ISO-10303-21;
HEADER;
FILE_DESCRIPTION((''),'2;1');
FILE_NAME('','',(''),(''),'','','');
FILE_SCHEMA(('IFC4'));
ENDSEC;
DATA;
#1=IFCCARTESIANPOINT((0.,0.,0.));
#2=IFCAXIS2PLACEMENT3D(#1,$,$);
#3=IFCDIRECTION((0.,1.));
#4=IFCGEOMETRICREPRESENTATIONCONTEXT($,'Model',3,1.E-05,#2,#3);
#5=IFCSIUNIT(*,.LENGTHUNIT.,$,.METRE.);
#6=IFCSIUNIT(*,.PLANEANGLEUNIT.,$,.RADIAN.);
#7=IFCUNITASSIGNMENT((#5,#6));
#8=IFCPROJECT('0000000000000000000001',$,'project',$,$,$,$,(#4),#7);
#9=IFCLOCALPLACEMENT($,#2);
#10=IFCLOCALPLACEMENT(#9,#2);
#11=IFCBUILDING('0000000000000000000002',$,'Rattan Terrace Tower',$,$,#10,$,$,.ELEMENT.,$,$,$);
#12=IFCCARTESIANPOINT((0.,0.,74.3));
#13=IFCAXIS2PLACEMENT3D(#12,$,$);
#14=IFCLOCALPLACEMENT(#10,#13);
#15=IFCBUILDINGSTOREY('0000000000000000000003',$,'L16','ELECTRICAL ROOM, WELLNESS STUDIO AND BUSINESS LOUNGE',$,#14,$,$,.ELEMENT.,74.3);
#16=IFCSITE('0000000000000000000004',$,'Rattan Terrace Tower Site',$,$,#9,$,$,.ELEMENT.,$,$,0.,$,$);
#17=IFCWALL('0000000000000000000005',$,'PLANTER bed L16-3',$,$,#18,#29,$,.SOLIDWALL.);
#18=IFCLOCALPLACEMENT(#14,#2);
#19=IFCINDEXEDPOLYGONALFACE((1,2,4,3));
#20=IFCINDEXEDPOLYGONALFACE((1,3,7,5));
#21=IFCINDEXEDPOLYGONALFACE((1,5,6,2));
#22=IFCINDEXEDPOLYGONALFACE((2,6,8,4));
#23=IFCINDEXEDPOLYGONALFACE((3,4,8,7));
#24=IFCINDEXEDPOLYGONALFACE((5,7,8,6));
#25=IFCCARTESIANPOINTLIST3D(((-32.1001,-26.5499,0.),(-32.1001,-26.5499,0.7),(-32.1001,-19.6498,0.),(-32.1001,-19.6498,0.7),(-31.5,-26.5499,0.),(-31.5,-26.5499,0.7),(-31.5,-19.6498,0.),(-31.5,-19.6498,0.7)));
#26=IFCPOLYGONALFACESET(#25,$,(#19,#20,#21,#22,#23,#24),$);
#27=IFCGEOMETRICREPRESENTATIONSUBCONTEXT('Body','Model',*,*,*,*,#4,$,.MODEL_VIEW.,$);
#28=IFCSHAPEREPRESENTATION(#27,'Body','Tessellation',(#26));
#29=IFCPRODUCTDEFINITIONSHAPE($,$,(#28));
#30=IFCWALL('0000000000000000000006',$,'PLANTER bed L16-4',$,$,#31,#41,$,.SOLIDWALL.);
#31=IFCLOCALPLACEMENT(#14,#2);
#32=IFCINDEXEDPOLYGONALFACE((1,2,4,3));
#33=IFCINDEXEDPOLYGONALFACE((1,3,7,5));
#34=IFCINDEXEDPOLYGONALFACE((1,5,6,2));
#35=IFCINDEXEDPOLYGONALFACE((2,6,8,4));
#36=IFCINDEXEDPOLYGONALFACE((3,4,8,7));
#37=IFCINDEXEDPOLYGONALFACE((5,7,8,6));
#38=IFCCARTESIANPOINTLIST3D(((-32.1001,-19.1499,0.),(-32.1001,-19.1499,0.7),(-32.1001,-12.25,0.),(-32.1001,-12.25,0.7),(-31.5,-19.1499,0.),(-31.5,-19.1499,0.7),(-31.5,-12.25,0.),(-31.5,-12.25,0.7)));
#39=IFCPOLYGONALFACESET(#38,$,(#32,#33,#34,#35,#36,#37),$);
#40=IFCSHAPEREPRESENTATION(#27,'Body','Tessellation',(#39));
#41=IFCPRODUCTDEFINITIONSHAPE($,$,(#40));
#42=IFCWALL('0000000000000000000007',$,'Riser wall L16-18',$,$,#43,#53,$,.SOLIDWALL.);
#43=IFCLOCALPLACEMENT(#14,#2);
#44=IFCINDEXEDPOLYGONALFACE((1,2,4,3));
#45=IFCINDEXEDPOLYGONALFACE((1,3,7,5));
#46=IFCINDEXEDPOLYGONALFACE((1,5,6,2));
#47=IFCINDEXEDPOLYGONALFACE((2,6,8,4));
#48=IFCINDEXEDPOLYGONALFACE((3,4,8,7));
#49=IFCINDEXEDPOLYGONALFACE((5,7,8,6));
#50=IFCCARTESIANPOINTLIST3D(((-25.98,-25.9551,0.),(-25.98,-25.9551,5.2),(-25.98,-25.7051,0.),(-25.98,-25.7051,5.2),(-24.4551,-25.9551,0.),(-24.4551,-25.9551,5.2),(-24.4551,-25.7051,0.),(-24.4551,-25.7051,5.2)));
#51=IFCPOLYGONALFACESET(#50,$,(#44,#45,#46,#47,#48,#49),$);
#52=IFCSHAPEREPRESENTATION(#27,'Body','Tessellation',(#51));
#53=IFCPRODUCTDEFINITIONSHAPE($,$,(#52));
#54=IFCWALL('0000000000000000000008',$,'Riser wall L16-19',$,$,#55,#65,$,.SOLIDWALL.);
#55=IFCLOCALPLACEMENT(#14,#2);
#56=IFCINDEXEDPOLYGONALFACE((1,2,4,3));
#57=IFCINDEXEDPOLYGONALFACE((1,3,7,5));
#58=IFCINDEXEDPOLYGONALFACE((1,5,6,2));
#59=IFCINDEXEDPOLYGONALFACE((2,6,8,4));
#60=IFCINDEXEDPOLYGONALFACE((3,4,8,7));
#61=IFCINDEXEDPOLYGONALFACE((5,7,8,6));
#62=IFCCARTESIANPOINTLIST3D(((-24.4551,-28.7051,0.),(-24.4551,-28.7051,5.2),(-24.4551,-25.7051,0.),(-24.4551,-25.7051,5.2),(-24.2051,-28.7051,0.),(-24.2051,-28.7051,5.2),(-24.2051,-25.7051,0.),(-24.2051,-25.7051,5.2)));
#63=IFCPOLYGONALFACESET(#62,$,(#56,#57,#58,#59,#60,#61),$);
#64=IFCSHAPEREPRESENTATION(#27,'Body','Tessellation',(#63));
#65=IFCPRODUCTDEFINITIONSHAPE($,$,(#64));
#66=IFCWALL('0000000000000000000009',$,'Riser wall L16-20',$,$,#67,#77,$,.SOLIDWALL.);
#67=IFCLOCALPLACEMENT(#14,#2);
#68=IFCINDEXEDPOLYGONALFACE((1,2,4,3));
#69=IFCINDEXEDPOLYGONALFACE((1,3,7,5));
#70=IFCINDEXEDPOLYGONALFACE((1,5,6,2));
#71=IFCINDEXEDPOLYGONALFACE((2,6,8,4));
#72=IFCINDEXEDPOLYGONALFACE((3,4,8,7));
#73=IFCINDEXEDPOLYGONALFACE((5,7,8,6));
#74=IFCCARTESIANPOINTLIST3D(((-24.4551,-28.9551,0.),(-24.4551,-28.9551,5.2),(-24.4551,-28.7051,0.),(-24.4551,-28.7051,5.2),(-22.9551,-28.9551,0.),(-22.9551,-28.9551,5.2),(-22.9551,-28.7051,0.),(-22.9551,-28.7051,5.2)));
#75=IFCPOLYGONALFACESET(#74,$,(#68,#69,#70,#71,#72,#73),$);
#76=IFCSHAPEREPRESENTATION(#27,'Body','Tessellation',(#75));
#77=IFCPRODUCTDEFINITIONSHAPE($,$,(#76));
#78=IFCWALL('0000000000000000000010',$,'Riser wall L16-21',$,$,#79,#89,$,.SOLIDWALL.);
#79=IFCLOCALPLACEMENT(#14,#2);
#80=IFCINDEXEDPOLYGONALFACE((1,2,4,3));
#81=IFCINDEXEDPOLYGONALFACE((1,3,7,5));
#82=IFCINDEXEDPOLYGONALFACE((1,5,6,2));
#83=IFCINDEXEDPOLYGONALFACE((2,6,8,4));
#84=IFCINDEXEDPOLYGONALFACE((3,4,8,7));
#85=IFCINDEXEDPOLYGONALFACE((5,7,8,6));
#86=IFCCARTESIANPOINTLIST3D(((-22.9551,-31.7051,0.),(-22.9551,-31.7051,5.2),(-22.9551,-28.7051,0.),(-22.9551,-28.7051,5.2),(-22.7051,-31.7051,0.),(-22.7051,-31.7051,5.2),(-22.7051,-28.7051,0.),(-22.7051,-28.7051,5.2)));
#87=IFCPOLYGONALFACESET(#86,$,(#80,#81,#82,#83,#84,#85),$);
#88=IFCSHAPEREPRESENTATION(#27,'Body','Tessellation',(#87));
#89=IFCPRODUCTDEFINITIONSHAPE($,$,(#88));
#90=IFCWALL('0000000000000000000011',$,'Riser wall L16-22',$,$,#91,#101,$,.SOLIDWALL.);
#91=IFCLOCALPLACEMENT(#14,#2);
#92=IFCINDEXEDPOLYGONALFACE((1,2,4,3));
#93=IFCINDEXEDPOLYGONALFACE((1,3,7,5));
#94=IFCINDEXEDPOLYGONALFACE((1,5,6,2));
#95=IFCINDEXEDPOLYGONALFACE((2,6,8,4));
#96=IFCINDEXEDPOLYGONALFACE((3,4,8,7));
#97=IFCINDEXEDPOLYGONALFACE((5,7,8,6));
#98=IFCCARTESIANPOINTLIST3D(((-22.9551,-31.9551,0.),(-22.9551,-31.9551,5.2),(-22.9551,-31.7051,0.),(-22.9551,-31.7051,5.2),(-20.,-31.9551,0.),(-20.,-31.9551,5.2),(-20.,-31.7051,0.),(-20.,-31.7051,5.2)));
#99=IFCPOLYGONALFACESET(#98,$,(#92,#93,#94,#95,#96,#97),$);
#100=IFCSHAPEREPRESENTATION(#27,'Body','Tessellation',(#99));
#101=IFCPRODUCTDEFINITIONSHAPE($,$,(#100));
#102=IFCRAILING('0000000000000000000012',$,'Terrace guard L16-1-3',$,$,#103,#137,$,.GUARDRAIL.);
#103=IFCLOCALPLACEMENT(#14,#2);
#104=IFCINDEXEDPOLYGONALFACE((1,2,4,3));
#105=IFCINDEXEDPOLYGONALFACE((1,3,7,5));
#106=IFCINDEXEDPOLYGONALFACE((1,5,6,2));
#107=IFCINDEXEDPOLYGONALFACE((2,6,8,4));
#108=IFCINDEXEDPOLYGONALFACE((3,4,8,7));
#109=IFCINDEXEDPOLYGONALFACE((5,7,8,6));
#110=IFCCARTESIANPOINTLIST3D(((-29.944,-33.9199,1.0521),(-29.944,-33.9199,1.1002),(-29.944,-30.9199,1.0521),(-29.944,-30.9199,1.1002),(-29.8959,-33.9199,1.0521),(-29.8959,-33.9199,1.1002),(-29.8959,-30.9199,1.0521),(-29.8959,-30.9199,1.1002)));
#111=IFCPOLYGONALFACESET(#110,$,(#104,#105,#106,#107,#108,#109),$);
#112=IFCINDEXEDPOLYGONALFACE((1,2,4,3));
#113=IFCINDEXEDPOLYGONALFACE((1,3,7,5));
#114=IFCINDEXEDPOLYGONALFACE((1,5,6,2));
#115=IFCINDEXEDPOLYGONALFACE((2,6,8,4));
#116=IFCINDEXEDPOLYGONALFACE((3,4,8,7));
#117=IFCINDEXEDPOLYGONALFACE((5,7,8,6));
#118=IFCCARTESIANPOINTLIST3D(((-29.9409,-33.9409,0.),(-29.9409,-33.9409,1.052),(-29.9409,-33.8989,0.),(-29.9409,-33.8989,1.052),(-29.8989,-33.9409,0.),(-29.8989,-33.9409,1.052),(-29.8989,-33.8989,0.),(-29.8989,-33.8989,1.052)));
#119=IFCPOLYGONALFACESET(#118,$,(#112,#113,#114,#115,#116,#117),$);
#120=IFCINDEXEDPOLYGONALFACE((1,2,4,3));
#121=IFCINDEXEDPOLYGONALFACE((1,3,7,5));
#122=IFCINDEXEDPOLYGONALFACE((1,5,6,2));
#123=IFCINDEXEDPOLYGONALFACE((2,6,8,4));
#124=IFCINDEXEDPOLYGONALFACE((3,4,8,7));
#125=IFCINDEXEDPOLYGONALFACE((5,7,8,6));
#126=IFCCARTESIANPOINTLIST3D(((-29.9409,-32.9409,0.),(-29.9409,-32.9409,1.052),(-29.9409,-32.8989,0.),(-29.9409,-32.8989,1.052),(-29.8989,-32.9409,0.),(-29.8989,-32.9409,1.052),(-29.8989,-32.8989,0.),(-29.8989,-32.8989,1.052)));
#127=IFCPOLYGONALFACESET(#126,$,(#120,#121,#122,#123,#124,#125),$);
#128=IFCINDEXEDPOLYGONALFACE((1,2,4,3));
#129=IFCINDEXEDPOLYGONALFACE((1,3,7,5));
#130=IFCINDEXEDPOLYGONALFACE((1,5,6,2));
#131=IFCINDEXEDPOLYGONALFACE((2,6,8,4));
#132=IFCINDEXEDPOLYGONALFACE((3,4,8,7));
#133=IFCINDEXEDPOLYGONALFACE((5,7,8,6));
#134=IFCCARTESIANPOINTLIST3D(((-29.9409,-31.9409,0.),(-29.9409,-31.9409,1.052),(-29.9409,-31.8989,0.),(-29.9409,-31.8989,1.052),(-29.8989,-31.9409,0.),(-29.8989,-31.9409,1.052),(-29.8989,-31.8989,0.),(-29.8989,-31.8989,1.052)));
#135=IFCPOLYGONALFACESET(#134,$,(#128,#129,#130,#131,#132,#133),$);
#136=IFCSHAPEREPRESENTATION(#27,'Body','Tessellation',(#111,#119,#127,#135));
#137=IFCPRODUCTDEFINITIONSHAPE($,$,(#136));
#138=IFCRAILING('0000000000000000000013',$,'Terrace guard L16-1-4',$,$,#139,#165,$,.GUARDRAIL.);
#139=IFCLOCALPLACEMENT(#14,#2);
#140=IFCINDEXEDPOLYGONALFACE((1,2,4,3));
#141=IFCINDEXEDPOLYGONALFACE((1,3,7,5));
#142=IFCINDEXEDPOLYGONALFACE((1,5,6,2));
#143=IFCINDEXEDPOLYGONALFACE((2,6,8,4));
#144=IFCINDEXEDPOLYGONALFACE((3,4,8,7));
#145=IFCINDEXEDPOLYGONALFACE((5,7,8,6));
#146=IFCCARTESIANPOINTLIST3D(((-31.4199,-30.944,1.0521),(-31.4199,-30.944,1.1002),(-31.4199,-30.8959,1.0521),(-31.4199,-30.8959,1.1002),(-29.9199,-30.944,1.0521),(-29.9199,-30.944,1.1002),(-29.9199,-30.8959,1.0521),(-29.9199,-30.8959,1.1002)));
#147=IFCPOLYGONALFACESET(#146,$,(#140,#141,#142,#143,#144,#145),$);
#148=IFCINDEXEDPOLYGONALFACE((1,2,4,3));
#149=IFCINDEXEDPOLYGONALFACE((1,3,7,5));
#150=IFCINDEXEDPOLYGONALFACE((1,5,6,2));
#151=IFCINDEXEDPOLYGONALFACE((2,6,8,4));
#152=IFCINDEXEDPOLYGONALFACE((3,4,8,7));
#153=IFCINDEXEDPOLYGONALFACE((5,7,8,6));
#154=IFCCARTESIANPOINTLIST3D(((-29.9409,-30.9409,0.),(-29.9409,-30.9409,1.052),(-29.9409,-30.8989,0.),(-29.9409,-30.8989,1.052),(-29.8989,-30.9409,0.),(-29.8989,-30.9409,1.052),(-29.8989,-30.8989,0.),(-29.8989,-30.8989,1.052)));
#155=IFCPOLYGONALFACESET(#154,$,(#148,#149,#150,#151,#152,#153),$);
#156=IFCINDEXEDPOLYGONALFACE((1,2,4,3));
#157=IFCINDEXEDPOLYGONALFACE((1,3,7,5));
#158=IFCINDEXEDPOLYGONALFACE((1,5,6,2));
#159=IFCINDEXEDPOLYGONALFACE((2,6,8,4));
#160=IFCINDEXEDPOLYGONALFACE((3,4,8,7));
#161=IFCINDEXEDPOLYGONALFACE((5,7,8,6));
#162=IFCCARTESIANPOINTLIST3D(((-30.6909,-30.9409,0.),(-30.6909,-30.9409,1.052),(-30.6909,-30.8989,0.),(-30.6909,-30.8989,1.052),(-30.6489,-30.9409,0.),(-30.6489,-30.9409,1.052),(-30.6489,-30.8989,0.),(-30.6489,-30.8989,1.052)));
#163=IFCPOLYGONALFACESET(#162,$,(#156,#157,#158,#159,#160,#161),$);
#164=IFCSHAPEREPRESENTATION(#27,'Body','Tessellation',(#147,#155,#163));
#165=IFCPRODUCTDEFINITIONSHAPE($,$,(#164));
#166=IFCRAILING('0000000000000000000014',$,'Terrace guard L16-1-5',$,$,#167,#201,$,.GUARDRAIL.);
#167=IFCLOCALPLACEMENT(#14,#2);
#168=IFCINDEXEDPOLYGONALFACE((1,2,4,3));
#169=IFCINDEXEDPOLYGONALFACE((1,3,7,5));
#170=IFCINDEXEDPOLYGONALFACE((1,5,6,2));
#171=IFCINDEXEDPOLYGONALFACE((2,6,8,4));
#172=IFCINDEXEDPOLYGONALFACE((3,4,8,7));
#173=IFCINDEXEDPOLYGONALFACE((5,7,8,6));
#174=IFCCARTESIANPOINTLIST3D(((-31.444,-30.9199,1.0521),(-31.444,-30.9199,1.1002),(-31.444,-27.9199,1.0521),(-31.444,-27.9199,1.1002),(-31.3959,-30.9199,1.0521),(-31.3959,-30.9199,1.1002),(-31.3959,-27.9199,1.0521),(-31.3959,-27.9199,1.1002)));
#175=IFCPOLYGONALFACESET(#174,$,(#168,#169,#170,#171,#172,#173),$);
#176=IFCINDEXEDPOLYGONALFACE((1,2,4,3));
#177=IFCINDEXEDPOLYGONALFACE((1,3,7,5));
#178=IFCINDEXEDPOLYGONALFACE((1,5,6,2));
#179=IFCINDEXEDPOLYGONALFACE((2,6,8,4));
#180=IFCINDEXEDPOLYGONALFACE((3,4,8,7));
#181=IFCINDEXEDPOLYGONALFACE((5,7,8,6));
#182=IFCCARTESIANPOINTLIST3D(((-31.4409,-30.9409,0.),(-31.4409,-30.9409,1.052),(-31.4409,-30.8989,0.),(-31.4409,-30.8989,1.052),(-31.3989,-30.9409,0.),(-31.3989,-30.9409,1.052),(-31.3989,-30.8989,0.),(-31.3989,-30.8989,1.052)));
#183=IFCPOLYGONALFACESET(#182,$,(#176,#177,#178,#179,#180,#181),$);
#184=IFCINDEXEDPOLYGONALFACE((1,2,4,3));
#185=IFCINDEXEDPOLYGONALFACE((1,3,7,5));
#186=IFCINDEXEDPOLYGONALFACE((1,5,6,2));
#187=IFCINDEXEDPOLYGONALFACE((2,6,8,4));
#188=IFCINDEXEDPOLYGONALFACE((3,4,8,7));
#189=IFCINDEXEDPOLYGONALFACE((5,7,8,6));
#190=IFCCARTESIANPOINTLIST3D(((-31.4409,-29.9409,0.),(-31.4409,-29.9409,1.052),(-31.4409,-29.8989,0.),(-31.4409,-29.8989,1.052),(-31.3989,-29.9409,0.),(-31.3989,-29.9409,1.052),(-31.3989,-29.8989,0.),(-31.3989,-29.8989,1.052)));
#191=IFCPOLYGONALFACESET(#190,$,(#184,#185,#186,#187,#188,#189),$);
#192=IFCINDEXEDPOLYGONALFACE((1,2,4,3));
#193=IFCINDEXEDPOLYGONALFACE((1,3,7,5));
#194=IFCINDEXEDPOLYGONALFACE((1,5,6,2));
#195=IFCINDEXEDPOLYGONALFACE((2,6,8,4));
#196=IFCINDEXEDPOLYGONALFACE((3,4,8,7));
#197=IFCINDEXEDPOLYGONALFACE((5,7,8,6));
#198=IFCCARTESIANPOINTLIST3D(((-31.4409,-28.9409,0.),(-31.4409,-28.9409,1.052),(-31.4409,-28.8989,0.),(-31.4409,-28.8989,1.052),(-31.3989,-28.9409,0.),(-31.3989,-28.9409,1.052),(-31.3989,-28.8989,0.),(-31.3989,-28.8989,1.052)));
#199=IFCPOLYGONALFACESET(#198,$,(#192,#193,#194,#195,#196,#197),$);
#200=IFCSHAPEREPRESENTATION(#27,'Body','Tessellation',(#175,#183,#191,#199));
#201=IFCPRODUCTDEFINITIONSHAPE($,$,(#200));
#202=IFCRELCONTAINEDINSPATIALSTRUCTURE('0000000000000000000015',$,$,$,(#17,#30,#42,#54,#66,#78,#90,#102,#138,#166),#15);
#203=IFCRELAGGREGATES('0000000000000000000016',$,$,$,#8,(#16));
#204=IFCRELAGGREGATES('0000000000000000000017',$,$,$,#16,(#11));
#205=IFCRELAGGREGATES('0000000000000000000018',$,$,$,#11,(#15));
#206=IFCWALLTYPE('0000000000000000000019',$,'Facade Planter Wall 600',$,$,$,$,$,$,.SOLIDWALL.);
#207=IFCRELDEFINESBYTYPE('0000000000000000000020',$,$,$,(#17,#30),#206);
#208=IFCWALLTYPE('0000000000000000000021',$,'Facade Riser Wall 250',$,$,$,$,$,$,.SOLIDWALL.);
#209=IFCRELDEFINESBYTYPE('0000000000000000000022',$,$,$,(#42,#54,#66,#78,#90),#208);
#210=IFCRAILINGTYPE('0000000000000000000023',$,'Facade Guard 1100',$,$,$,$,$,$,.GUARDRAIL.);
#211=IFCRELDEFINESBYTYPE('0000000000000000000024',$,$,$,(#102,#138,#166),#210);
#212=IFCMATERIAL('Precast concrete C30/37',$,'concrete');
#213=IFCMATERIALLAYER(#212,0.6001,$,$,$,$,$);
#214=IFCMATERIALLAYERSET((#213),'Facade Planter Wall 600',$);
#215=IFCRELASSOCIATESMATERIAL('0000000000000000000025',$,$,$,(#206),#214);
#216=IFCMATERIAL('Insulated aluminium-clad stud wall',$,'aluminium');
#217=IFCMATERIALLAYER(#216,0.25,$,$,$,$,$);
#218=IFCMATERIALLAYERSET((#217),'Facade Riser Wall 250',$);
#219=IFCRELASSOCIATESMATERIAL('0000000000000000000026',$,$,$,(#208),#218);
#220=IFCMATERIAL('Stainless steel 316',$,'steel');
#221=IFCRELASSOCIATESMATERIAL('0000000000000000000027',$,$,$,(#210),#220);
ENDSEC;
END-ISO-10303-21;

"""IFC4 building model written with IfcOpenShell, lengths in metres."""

from ifc_helpers import new_model, si_unit, direction, frame, frame_2d, origin, origin_2d, place, context, subcontext, project, spatial, rectangle, extrude, material, layer, layer_set, type_object, element, save


model = new_model("IFC4")

# Units and contexts
model_context = context("Model", 3, precision=1e-05, world=origin(), true_north=direction((0.0, 1.0)))
body_context = subcontext(model_context, "Body", "Model", "MODEL_VIEW")
ifc_project = project(units=[si_unit("LENGTHUNIT", "METRE"), si_unit("PLANEANGLEUNIT", "RADIAN")], contexts=[model_context])

# Site, building, storey
site_placement = place(None, origin())
site = spatial("IfcSite", under=ifc_project, at=site_placement, Name="Rattan Terrace Tower Site", CompositionType="ELEMENT", RefElevation=0.0)
building_placement = place(site_placement, origin())
building = spatial("IfcBuilding", under=site, at=building_placement, Name="Rattan Terrace Tower", CompositionType="ELEMENT")
storey_placement = place(building_placement, frame((0.0, 0.0, 74.3)))
storey = spatial("IfcBuildingStorey", under=building, at=storey_placement, Name="L16", Description="ELECTRICAL ROOM, WELLNESS STUDIO AND BUSINESS LOUNGE", CompositionType="ELEMENT", Elevation=74.3)

# Walls
ifc_material_1 = material(Name="Precast concrete C30/37", Category="concrete")
ifc_layer_1 = layer(ifc_material_1, 0.6001)
ifc_layer_set_1 = layer_set([ifc_layer_1], Name="Facade Planter Wall 600")
wall_type_1 = type_object("IfcWallType", Name="Facade Planter Wall 600", PredefinedType="SOLIDWALL", material=ifc_layer_set_1)
wall_1_placement = place(storey_placement, frame((-31.8, -26.55, 0.0), z_axis=(0.0, 0.0, 1.0), x_axis=(0.0, 1.0, 0.0)))
element("IfcWall", 1, at=wall_1_placement, inside=storey, type_object=wall_type_1, Name="PLANTER bed L16-3", PredefinedType="SOLIDWALL", context=body_context, shape_type="SweptSolid", body=[
    extrude(rectangle(XDim=6.9001, YDim=0.6001, at=frame_2d((3.4502, 0.0))), origin(), (0.0, 0.0, 1.0), 0.7),
])
wall_2_placement = place(storey_placement, frame((-31.8, -19.1499, 0.0), z_axis=(0.0, 0.0, 1.0), x_axis=(0.0, 1.0, 0.0)))
element("IfcWall", 2, at=wall_2_placement, inside=storey, type_object=wall_type_1, Name="PLANTER bed L16-4", PredefinedType="SOLIDWALL", context=body_context, shape_type="SweptSolid", body=[
    extrude(rectangle(XDim=6.8999, YDim=0.6001, at=frame_2d((3.45, 0.0))), origin(), (0.0, 0.0, 1.0), 0.7),
])
ifc_material_2 = material(Name="Insulated aluminium-clad stud wall", Category="aluminium")
ifc_layer_2 = layer(ifc_material_2, 0.25)
ifc_layer_set_2 = layer_set([ifc_layer_2], Name="Facade Riser Wall 250")
wall_type_2 = type_object("IfcWallType", Name="Facade Riser Wall 250", PredefinedType="SOLIDWALL", material=ifc_layer_set_2)
wall_3_placement = place(storey_placement, frame((-25.98, -25.8301, 0.0), z_axis=(0.0, 0.0, 1.0), x_axis=(1.0, 0.0, 0.0)))
element("IfcWall", 3, at=wall_3_placement, inside=storey, type_object=wall_type_2, Name="Riser wall L16-18", PredefinedType="SOLIDWALL", context=body_context, shape_type="SweptSolid", body=[
    extrude(rectangle(XDim=1.5249, YDim=0.25, at=frame_2d((0.7625, 0.0))), origin(), (0.0, 0.0, 1.0), 5.2),
])
wall_4_placement = place(storey_placement, frame((-24.3301, -25.7051, 0.0), z_axis=(0.0, 0.0, 1.0), x_axis=(0.0, -1.0, 0.0)))
element("IfcWall", 4, at=wall_4_placement, inside=storey, type_object=wall_type_2, Name="Riser wall L16-19", PredefinedType="SOLIDWALL", context=body_context, shape_type="SweptSolid", body=[
    extrude(rectangle(XDim=3.0, YDim=0.25, at=frame_2d((1.5, 0.0))), origin(), (0.0, 0.0, 1.0), 5.2),
])
wall_5_placement = place(storey_placement, frame((-24.4551, -28.8301, 0.0), z_axis=(0.0, 0.0, 1.0), x_axis=(1.0, 0.0, 0.0)))
element("IfcWall", 5, at=wall_5_placement, inside=storey, type_object=wall_type_2, Name="Riser wall L16-20", PredefinedType="SOLIDWALL", context=body_context, shape_type="SweptSolid", body=[
    extrude(rectangle(XDim=1.5, YDim=0.25, at=frame_2d((0.75, 0.0))), origin(), (0.0, 0.0, 1.0), 5.2),
])
wall_6_placement = place(storey_placement, frame((-22.8301, -28.7051, 0.0), z_axis=(0.0, 0.0, 1.0), x_axis=(0.0, -1.0, 0.0)))
element("IfcWall", 6, at=wall_6_placement, inside=storey, type_object=wall_type_2, Name="Riser wall L16-21", PredefinedType="SOLIDWALL", context=body_context, shape_type="SweptSolid", body=[
    extrude(rectangle(XDim=3.0, YDim=0.25, at=frame_2d((1.5, 0.0))), origin(), (0.0, 0.0, 1.0), 5.2),
])
wall_7_placement = place(storey_placement, frame((-22.9551, -31.8301, 0.0), z_axis=(0.0, 0.0, 1.0), x_axis=(1.0, 0.0, 0.0)))
element("IfcWall", 7, at=wall_7_placement, inside=storey, type_object=wall_type_2, Name="Riser wall L16-22", PredefinedType="SOLIDWALL", context=body_context, shape_type="SweptSolid", body=[
    extrude(rectangle(XDim=2.9551, YDim=0.25, at=frame_2d((1.4775, 0.0))), origin(), (0.0, 0.0, 1.0), 5.2),
])

# Railings
ifc_material_3 = material(Name="Stainless steel 316", Category="steel")
railing_type = type_object("IfcRailingType", Name="Facade Guard 1100", PredefinedType="GUARDRAIL", material=ifc_material_3)
railing_1_placement = place(storey_placement, frame((-29.9199, -33.9199, 0.0)))
element("IfcRailing", 8, at=railing_1_placement, inside=storey, type_object=railing_type, Name="Terrace guard L16-1-3", PredefinedType="GUARDRAIL", context=body_context, shape_type="SweptSolid", body=[
    extrude(rectangle(XDim=0.0481, YDim=0.0481, at=origin_2d()), frame((0.0, 0.0, 1.0762), z_axis=(0.0, 1.0, 0.0), x_axis=(-1.0, 0.0, 0.0)), (0.0, 0.0, 1.0), 3.0),
    extrude(rectangle(XDim=0.042, YDim=0.042, at=origin_2d()), origin(), (0.0, 0.0, 1.0), 1.052),
    extrude(rectangle(XDim=0.042, YDim=0.042, at=origin_2d()), frame((0.0, 1.0, 0.0)), (0.0, 0.0, 1.0), 1.052),
    extrude(rectangle(XDim=0.042, YDim=0.042, at=origin_2d()), frame((0.0, 2.0, 0.0)), (0.0, 0.0, 1.0), 1.052),
])
railing_2_placement = place(storey_placement, frame((-29.9199, -30.9199, 0.0)))
element("IfcRailing", 9, at=railing_2_placement, inside=storey, type_object=railing_type, Name="Terrace guard L16-1-4", PredefinedType="GUARDRAIL", context=body_context, shape_type="SweptSolid", body=[
    extrude(rectangle(XDim=0.0481, YDim=0.0481, at=origin_2d()), frame((0.0, 0.0, 1.0762), z_axis=(-1.0, 0.0, 0.0), x_axis=(0.0, -1.0, 0.0)), (0.0, 0.0, 1.0), 1.5),
    extrude(rectangle(XDim=0.042, YDim=0.042, at=origin_2d()), origin(), (0.0, 0.0, 1.0), 1.052),
    extrude(rectangle(XDim=0.042, YDim=0.042, at=origin_2d()), frame((-0.75, 0.0, 0.0)), (0.0, 0.0, 1.0), 1.052),
])
railing_3_placement = place(storey_placement, frame((-31.4199, -30.9199, 0.0)))
element("IfcRailing", 10, at=railing_3_placement, inside=storey, type_object=railing_type, Name="Terrace guard L16-1-5", PredefinedType="GUARDRAIL", context=body_context, shape_type="SweptSolid", body=[
    extrude(rectangle(XDim=0.0481, YDim=0.0481, at=origin_2d()), frame((0.0, 0.0, 1.0762), z_axis=(0.0, 1.0, 0.0), x_axis=(-1.0, 0.0, 0.0)), (0.0, 0.0, 1.0), 3.0),
    extrude(rectangle(XDim=0.042, YDim=0.042, at=origin_2d()), origin(), (0.0, 0.0, 1.0), 1.052),
    extrude(rectangle(XDim=0.042, YDim=0.042, at=origin_2d()), frame((0.0, 1.0, 0.0)), (0.0, 0.0, 1.0), 1.052),
    extrude(rectangle(XDim=0.042, YDim=0.042, at=origin_2d()), frame((0.0, 2.0, 0.0)), (0.0, 0.0, 1.0), 1.052),
])

save(model, "model.ifc")
